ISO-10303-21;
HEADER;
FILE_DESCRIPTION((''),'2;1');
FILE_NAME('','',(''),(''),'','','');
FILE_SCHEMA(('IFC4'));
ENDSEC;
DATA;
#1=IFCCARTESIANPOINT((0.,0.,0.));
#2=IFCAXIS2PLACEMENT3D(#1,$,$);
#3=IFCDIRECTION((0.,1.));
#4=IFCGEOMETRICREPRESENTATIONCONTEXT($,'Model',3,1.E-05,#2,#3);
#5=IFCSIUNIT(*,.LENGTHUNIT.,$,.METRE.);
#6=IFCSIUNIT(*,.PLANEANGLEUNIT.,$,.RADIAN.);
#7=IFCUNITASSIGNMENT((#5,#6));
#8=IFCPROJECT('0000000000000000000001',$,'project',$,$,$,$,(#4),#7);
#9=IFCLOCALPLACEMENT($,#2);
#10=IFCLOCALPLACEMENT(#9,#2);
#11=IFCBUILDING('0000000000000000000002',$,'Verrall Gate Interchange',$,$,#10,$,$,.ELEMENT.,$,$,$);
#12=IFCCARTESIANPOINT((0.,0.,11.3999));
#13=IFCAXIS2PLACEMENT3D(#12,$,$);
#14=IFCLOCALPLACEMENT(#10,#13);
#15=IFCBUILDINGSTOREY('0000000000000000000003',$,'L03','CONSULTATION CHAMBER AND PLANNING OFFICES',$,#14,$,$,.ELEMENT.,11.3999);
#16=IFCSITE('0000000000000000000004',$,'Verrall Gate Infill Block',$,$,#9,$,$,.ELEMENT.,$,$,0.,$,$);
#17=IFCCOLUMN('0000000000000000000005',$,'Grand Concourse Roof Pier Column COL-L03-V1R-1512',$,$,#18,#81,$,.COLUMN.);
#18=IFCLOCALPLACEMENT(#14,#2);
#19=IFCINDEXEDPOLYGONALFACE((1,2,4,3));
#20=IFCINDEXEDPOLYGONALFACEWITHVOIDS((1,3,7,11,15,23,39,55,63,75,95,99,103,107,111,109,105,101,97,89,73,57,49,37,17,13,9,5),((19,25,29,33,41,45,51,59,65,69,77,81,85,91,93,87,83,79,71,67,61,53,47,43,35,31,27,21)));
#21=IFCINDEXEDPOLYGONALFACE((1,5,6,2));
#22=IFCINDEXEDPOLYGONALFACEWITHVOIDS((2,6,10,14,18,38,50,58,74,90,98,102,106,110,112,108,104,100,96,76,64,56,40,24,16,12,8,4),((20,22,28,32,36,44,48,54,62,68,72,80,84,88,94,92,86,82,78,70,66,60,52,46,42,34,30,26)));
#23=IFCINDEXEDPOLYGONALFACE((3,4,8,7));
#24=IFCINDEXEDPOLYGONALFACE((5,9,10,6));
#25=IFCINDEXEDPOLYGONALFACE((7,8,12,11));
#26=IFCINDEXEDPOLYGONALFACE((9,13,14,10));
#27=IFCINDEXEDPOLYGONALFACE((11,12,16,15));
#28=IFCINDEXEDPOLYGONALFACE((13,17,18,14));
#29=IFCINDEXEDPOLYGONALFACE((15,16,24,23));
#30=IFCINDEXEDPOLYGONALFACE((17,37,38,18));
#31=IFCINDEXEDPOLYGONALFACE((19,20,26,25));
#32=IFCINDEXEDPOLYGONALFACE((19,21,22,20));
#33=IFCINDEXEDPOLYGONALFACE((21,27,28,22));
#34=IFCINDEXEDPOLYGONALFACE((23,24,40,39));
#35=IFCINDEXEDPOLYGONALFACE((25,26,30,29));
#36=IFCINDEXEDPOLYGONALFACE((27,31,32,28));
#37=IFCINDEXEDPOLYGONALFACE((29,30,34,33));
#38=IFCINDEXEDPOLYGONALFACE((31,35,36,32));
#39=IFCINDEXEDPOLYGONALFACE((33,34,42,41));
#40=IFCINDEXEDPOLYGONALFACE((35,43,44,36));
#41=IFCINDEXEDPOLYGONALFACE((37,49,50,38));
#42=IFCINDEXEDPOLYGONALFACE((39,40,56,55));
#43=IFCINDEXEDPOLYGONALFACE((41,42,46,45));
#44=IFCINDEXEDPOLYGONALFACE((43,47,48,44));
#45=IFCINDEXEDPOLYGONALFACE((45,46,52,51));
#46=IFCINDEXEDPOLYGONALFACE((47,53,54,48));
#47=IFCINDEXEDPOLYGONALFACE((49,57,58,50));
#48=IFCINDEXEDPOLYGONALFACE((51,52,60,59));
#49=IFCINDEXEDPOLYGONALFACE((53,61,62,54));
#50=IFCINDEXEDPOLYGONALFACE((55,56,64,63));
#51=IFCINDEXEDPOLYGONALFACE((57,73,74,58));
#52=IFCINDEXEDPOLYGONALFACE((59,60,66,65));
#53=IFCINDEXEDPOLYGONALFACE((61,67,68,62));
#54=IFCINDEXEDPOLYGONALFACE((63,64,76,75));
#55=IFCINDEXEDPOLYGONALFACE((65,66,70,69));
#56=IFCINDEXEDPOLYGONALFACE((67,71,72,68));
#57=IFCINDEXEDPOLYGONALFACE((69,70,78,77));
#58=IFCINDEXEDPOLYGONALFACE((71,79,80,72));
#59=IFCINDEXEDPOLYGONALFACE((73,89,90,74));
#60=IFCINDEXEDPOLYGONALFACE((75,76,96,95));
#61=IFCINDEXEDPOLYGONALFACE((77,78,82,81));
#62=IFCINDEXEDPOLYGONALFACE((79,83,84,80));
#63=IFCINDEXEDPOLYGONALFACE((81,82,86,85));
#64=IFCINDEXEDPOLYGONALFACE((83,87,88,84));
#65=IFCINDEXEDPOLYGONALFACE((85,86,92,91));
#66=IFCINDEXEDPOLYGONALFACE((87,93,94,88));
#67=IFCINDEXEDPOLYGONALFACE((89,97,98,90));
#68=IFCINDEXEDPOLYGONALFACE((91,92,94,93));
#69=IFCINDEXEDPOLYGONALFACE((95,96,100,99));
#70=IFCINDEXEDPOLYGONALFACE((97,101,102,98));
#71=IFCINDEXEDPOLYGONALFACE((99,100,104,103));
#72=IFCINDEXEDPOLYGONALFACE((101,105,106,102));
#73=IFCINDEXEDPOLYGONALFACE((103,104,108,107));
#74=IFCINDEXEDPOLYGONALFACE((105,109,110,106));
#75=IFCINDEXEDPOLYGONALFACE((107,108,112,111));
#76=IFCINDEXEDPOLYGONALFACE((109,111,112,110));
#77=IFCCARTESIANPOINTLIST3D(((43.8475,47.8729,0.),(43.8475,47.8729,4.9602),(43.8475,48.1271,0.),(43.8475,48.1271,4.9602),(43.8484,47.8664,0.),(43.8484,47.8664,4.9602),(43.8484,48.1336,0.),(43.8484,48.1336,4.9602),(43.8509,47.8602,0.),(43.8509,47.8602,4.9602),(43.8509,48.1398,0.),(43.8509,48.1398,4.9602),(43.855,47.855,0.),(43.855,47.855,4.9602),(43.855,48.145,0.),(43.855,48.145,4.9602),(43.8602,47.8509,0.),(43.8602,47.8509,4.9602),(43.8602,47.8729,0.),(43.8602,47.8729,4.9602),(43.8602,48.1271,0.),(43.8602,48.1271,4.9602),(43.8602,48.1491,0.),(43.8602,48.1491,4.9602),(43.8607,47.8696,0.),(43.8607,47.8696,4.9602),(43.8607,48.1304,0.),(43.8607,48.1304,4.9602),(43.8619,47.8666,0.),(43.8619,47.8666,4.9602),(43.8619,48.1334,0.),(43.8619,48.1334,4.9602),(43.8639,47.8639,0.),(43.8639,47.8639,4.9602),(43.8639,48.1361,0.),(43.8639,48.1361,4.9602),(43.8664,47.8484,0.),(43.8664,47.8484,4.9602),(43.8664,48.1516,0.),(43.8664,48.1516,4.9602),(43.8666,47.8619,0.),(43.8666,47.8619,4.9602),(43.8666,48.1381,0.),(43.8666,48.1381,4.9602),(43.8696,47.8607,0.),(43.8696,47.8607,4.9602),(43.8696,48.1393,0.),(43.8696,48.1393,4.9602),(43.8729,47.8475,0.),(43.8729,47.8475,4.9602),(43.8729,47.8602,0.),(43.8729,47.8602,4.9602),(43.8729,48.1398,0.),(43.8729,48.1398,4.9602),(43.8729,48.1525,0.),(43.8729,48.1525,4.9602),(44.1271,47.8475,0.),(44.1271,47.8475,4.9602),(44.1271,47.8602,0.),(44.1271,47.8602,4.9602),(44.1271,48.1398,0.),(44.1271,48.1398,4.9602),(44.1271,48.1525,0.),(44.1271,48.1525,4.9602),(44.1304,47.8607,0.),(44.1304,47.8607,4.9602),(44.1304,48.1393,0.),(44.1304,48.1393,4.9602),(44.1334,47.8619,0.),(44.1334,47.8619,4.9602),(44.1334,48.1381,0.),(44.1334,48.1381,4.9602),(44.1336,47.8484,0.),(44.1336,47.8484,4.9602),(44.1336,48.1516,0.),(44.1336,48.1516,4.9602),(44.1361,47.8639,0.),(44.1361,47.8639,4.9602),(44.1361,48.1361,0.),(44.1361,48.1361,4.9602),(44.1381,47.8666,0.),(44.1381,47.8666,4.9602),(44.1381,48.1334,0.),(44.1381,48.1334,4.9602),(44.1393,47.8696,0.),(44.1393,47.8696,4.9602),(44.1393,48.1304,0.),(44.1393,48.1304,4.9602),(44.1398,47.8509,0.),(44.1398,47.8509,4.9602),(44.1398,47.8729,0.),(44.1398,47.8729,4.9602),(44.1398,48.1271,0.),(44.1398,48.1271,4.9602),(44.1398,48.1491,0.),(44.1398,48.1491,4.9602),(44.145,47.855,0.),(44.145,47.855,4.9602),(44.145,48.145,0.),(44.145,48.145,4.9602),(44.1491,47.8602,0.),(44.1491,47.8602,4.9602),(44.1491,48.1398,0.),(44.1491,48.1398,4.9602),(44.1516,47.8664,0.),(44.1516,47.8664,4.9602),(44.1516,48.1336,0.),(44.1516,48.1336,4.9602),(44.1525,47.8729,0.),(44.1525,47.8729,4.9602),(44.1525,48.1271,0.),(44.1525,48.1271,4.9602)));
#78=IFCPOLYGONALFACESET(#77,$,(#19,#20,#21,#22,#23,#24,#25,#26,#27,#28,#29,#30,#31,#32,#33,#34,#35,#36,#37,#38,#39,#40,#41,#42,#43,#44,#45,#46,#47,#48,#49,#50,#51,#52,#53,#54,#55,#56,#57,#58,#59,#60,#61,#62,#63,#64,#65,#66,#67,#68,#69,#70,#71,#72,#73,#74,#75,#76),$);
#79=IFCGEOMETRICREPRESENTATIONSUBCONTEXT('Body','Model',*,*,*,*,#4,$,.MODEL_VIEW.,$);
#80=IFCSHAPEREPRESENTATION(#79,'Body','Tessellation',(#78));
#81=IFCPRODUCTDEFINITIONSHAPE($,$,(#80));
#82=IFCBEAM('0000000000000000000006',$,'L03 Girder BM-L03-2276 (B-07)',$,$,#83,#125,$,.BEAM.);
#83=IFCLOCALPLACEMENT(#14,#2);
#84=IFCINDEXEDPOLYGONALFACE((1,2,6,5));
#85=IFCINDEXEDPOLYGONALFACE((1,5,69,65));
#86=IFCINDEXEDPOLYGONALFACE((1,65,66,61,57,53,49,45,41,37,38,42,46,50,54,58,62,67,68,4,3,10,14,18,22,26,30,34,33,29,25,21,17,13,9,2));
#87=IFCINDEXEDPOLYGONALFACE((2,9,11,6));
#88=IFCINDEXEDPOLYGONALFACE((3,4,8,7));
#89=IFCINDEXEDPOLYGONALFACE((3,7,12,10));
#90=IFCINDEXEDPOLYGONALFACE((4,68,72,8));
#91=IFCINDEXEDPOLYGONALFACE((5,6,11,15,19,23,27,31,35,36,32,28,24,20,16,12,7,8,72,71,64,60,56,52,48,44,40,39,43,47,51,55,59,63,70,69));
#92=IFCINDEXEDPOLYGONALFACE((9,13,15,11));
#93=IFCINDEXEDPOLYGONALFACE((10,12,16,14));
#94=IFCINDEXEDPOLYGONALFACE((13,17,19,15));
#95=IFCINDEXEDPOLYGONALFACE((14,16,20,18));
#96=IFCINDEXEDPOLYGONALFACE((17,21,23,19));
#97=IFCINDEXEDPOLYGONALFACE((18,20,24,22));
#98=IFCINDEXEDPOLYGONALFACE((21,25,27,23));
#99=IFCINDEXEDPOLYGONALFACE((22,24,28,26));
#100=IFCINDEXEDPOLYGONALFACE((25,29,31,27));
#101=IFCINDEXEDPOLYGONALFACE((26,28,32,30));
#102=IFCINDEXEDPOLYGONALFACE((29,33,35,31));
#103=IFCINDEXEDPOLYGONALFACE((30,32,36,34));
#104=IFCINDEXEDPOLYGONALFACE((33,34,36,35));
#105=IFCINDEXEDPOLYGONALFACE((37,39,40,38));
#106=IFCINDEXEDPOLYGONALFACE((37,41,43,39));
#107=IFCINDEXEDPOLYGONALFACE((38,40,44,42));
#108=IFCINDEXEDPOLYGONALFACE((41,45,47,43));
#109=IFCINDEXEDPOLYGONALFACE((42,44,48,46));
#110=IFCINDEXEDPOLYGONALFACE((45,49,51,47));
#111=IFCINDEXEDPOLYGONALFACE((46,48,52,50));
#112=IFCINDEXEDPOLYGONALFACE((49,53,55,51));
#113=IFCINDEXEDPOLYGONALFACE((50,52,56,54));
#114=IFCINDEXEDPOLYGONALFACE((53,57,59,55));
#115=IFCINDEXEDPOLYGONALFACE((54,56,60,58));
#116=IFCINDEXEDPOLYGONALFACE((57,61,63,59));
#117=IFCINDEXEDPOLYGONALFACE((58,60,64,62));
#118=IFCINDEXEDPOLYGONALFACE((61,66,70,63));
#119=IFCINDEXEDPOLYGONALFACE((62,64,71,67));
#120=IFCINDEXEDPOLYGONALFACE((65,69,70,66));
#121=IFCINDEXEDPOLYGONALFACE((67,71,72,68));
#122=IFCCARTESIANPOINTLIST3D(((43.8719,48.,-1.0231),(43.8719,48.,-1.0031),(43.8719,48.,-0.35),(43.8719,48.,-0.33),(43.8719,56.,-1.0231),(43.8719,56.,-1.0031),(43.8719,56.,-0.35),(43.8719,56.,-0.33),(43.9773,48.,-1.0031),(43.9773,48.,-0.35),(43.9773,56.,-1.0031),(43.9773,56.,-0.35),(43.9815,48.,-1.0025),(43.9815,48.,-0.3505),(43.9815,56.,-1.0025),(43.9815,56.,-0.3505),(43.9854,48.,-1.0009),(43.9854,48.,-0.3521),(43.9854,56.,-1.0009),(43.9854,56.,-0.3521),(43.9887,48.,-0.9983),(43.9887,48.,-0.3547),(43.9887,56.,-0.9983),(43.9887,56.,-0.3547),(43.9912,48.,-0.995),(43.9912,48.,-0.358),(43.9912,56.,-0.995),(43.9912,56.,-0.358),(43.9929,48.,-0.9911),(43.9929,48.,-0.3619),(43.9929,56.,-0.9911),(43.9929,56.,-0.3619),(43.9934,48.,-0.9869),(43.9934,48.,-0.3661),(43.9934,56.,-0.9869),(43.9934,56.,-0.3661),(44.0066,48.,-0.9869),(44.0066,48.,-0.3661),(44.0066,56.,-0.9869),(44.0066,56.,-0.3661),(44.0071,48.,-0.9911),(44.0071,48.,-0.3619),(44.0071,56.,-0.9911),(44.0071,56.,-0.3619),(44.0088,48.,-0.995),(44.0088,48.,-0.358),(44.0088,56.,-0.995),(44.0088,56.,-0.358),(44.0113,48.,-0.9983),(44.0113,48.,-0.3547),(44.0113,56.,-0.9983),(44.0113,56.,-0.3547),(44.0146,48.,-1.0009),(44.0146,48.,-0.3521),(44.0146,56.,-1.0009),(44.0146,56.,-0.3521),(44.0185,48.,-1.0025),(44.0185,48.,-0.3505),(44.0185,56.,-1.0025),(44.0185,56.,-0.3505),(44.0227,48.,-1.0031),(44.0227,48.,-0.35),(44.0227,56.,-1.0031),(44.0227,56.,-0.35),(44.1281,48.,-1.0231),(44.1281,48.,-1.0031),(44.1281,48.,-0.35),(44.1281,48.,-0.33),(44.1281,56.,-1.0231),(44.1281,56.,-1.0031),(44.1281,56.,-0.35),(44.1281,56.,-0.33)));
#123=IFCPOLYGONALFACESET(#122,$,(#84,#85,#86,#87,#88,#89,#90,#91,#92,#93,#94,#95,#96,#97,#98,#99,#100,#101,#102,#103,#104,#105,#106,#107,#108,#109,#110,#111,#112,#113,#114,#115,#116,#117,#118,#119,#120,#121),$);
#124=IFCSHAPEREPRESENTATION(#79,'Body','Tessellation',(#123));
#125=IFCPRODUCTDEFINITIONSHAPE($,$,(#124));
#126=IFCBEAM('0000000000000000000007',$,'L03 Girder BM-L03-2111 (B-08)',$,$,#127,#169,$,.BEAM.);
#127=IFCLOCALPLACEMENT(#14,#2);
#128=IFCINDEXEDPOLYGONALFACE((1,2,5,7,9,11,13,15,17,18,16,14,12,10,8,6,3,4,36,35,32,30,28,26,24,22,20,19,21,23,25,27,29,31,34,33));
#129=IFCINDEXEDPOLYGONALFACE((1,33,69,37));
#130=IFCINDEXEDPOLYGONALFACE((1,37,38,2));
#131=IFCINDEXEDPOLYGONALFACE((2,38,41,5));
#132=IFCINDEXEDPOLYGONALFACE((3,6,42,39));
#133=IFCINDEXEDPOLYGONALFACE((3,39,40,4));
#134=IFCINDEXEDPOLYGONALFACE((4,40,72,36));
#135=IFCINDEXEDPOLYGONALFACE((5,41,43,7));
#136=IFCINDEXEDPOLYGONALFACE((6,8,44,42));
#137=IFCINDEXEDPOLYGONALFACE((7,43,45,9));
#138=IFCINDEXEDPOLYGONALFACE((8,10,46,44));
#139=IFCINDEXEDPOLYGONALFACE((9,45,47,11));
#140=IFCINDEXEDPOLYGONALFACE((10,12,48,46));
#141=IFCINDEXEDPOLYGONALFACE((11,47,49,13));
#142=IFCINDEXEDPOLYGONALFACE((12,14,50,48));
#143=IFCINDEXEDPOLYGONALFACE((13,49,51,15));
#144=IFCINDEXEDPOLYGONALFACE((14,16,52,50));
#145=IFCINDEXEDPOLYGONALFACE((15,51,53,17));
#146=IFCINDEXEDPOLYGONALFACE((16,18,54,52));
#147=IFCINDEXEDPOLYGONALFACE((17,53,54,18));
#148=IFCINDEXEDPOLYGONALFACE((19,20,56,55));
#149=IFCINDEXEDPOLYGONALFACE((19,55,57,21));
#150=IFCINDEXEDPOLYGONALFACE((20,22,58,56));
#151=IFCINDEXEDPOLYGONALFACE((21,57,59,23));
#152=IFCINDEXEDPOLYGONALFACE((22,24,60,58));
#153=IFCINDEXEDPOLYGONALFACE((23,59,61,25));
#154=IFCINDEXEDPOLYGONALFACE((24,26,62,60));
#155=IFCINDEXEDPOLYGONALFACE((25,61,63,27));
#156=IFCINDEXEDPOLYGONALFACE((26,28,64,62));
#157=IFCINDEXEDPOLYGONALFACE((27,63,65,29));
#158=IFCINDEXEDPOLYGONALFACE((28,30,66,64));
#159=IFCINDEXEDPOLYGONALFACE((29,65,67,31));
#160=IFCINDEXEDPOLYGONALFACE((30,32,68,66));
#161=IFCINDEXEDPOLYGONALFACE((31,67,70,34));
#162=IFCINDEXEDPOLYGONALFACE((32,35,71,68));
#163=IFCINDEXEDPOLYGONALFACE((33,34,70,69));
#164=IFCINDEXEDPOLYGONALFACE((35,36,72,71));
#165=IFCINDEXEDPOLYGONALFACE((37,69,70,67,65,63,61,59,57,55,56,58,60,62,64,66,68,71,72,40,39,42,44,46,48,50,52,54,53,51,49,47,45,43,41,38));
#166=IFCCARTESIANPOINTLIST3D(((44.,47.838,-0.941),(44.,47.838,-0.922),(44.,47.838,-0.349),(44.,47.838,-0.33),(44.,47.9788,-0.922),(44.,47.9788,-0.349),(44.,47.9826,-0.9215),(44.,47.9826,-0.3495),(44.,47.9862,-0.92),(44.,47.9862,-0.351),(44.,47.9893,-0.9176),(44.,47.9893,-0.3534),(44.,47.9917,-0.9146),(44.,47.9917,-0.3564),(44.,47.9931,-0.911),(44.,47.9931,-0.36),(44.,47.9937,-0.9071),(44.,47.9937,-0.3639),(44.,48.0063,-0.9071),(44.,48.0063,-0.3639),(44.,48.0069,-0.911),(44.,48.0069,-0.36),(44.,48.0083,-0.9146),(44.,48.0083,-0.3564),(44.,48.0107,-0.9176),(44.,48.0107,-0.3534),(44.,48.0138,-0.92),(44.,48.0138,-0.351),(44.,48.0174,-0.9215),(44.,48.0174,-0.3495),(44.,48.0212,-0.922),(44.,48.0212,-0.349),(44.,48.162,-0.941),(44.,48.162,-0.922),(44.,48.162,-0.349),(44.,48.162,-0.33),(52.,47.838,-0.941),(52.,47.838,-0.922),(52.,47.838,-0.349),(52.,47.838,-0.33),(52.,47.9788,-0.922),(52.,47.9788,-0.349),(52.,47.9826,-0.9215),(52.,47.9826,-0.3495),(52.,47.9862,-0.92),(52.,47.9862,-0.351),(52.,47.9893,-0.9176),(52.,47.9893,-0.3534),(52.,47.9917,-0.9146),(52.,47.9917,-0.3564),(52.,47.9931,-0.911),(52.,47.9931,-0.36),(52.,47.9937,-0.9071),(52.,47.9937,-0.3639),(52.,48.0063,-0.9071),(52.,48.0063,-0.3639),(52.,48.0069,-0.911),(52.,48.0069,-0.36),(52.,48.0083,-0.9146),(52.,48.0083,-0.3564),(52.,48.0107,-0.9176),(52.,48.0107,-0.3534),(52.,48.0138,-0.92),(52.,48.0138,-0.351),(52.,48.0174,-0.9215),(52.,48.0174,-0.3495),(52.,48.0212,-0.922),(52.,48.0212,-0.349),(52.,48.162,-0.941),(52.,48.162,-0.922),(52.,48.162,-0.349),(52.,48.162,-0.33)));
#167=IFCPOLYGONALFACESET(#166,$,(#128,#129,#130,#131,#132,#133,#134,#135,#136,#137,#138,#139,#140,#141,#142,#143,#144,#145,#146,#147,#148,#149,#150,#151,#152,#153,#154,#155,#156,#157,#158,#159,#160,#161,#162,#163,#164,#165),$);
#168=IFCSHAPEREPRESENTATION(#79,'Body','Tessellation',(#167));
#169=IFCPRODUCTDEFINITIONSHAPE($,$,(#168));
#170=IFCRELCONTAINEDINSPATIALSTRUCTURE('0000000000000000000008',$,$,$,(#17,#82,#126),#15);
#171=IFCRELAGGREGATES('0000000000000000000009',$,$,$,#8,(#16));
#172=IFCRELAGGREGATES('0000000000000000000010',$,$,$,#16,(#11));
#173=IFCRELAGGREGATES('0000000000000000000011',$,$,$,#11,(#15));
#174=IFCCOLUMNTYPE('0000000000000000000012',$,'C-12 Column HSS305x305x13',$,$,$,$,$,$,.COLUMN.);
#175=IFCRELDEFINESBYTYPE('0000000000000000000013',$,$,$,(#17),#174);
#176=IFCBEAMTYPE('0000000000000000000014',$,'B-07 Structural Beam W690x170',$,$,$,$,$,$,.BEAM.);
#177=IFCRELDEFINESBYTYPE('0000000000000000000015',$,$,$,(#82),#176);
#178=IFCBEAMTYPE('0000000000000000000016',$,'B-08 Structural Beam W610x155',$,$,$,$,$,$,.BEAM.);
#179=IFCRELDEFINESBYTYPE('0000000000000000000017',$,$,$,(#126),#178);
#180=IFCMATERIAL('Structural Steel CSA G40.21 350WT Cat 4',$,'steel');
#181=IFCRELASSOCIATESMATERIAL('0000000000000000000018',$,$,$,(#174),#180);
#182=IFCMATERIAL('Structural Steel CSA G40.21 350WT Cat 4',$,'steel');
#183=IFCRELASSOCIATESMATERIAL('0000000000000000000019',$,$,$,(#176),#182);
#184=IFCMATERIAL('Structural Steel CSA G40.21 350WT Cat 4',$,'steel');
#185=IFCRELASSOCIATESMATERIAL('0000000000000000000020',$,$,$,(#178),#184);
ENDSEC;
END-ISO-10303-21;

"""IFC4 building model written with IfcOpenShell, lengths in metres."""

from ifc_helpers import new_model, si_unit, direction, frame, origin, origin_2d, place, context, subcontext, project, spatial, hollow_rectangle, i_section, extrude, material, material_profile, profile_set, type_object, element, save


model = new_model("IFC4")

# Units and contexts
model_context = context("Model", 3, precision=1e-05, world=origin(), true_north=direction((0.0, 1.0)))
body_context = subcontext(model_context, "Body", "Model", "MODEL_VIEW")
ifc_project = project(units=[si_unit("LENGTHUNIT", "METRE"), si_unit("PLANEANGLEUNIT", "RADIAN")], contexts=[model_context])

# Site, building, storey
site_placement = place(None, origin())
site = spatial("IfcSite", under=ifc_project, at=site_placement, Name="Verrall Gate Infill Block", CompositionType="ELEMENT", RefElevation=0.0)
building_placement = place(site_placement, origin())
building = spatial("IfcBuilding", under=site, at=building_placement, Name="Verrall Gate Interchange", CompositionType="ELEMENT")
storey_placement = place(building_placement, frame((0.0, 0.0, 11.3999)))
storey = spatial("IfcBuildingStorey", under=building, at=storey_placement, Name="L03", Description="CONSULTATION CHAMBER AND PLANNING OFFICES", CompositionType="ELEMENT", Elevation=11.3999)

# Column
ifc_material_1 = material(Name="Structural Steel CSA G40.21 350WT Cat 4", Category="steel")
ifc_material_profile_1 = material_profile(ifc_material_1, hollow_rectangle(XDim=0.3049, YDim=0.3049, WallThickness=0.0127, InnerFilletRadius=0.0127, OuterFilletRadius=0.0254, at=origin_2d()), Name="HSS305x305x13")
ifc_profile_set_1 = profile_set([ifc_material_profile_1], Name="Structural Steel CSA G40.21 350WT Cat 4")
column_type = type_object("IfcColumnType", Name="C-12 Column HSS305x305x13", PredefinedType="COLUMN", material=ifc_profile_set_1)
column_placement = place(storey_placement, frame((44.0, 48.0, 0.0), z_axis=(0.0, 0.0, 1.0), x_axis=(1.0, 0.0, 0.0)))
element("IfcColumn", 1, at=column_placement, inside=storey, type_object=column_type, Name="Grand Concourse Roof Pier Column COL-L03-V1R-1512", PredefinedType="COLUMN", context=body_context, shape_type="SweptSolid", body=[
    extrude(hollow_rectangle(XDim=0.3049, YDim=0.3049, WallThickness=0.0127, InnerFilletRadius=0.0127, OuterFilletRadius=0.0254, at=origin_2d()), origin(), (0.0, 0.0, 1.0), 4.9602),
])

# Beams
ifc_material_2 = material(Name="Structural Steel CSA G40.21 350WT Cat 4", Category="steel")
ifc_material_profile_2 = material_profile(ifc_material_2, i_section(OverallWidth=0.2561, OverallDepth=0.6931, WebThickness=0.0132, FlangeThickness=0.02, FilletRadius=0.0161, at=origin_2d()), Name="W690x170")
ifc_profile_set_2 = profile_set([ifc_material_profile_2], Name="Structural Steel CSA G40.21 350WT Cat 4")
beam_type_1 = type_object("IfcBeamType", Name="B-07 Structural Beam W690x170", PredefinedType="BEAM", material=ifc_profile_set_2)
beam_1_placement = place(storey_placement, frame((44.0, 48.0, -0.6765), z_axis=(0.0, 1.0, 0.0), x_axis=(-1.0, 0.0, 0.0)))
element("IfcBeam", 2, at=beam_1_placement, inside=storey, type_object=beam_type_1, Name="L03 Girder BM-L03-2276 (B-07)", PredefinedType="BEAM", context=body_context, shape_type="SweptSolid", body=[
    extrude(i_section(OverallWidth=0.2561, OverallDepth=0.6931, WebThickness=0.0132, FlangeThickness=0.02, FilletRadius=0.0161, at=origin_2d()), origin(), (0.0, 0.0, 1.0), 8.0),
])
ifc_material_3 = material(Name="Structural Steel CSA G40.21 350WT Cat 4", Category="steel")
ifc_material_profile_3 = material_profile(ifc_material_3, i_section(OverallWidth=0.324, OverallDepth=0.6111, WebThickness=0.0127, FlangeThickness=0.019, FilletRadius=0.0149, at=origin_2d()), Name="W610x155")
ifc_profile_set_3 = profile_set([ifc_material_profile_3], Name="Structural Steel CSA G40.21 350WT Cat 4")
beam_type_2 = type_object("IfcBeamType", Name="B-08 Structural Beam W610x155", PredefinedType="BEAM", material=ifc_profile_set_3)
beam_2_placement = place(storey_placement, frame((44.0, 48.0, -0.6355), z_axis=(1.0, 0.0, 0.0), x_axis=(0.0, 1.0, 0.0)))
element("IfcBeam", 3, at=beam_2_placement, inside=storey, type_object=beam_type_2, Name="L03 Girder BM-L03-2111 (B-08)", PredefinedType="BEAM", context=body_context, shape_type="SweptSolid", body=[
    extrude(i_section(OverallWidth=0.324, OverallDepth=0.6111, WebThickness=0.0127, FlangeThickness=0.019, FilletRadius=0.0149, at=origin_2d()), origin(), (0.0, 0.0, 1.0), 8.0),
])

save(model, "model.ifc")
